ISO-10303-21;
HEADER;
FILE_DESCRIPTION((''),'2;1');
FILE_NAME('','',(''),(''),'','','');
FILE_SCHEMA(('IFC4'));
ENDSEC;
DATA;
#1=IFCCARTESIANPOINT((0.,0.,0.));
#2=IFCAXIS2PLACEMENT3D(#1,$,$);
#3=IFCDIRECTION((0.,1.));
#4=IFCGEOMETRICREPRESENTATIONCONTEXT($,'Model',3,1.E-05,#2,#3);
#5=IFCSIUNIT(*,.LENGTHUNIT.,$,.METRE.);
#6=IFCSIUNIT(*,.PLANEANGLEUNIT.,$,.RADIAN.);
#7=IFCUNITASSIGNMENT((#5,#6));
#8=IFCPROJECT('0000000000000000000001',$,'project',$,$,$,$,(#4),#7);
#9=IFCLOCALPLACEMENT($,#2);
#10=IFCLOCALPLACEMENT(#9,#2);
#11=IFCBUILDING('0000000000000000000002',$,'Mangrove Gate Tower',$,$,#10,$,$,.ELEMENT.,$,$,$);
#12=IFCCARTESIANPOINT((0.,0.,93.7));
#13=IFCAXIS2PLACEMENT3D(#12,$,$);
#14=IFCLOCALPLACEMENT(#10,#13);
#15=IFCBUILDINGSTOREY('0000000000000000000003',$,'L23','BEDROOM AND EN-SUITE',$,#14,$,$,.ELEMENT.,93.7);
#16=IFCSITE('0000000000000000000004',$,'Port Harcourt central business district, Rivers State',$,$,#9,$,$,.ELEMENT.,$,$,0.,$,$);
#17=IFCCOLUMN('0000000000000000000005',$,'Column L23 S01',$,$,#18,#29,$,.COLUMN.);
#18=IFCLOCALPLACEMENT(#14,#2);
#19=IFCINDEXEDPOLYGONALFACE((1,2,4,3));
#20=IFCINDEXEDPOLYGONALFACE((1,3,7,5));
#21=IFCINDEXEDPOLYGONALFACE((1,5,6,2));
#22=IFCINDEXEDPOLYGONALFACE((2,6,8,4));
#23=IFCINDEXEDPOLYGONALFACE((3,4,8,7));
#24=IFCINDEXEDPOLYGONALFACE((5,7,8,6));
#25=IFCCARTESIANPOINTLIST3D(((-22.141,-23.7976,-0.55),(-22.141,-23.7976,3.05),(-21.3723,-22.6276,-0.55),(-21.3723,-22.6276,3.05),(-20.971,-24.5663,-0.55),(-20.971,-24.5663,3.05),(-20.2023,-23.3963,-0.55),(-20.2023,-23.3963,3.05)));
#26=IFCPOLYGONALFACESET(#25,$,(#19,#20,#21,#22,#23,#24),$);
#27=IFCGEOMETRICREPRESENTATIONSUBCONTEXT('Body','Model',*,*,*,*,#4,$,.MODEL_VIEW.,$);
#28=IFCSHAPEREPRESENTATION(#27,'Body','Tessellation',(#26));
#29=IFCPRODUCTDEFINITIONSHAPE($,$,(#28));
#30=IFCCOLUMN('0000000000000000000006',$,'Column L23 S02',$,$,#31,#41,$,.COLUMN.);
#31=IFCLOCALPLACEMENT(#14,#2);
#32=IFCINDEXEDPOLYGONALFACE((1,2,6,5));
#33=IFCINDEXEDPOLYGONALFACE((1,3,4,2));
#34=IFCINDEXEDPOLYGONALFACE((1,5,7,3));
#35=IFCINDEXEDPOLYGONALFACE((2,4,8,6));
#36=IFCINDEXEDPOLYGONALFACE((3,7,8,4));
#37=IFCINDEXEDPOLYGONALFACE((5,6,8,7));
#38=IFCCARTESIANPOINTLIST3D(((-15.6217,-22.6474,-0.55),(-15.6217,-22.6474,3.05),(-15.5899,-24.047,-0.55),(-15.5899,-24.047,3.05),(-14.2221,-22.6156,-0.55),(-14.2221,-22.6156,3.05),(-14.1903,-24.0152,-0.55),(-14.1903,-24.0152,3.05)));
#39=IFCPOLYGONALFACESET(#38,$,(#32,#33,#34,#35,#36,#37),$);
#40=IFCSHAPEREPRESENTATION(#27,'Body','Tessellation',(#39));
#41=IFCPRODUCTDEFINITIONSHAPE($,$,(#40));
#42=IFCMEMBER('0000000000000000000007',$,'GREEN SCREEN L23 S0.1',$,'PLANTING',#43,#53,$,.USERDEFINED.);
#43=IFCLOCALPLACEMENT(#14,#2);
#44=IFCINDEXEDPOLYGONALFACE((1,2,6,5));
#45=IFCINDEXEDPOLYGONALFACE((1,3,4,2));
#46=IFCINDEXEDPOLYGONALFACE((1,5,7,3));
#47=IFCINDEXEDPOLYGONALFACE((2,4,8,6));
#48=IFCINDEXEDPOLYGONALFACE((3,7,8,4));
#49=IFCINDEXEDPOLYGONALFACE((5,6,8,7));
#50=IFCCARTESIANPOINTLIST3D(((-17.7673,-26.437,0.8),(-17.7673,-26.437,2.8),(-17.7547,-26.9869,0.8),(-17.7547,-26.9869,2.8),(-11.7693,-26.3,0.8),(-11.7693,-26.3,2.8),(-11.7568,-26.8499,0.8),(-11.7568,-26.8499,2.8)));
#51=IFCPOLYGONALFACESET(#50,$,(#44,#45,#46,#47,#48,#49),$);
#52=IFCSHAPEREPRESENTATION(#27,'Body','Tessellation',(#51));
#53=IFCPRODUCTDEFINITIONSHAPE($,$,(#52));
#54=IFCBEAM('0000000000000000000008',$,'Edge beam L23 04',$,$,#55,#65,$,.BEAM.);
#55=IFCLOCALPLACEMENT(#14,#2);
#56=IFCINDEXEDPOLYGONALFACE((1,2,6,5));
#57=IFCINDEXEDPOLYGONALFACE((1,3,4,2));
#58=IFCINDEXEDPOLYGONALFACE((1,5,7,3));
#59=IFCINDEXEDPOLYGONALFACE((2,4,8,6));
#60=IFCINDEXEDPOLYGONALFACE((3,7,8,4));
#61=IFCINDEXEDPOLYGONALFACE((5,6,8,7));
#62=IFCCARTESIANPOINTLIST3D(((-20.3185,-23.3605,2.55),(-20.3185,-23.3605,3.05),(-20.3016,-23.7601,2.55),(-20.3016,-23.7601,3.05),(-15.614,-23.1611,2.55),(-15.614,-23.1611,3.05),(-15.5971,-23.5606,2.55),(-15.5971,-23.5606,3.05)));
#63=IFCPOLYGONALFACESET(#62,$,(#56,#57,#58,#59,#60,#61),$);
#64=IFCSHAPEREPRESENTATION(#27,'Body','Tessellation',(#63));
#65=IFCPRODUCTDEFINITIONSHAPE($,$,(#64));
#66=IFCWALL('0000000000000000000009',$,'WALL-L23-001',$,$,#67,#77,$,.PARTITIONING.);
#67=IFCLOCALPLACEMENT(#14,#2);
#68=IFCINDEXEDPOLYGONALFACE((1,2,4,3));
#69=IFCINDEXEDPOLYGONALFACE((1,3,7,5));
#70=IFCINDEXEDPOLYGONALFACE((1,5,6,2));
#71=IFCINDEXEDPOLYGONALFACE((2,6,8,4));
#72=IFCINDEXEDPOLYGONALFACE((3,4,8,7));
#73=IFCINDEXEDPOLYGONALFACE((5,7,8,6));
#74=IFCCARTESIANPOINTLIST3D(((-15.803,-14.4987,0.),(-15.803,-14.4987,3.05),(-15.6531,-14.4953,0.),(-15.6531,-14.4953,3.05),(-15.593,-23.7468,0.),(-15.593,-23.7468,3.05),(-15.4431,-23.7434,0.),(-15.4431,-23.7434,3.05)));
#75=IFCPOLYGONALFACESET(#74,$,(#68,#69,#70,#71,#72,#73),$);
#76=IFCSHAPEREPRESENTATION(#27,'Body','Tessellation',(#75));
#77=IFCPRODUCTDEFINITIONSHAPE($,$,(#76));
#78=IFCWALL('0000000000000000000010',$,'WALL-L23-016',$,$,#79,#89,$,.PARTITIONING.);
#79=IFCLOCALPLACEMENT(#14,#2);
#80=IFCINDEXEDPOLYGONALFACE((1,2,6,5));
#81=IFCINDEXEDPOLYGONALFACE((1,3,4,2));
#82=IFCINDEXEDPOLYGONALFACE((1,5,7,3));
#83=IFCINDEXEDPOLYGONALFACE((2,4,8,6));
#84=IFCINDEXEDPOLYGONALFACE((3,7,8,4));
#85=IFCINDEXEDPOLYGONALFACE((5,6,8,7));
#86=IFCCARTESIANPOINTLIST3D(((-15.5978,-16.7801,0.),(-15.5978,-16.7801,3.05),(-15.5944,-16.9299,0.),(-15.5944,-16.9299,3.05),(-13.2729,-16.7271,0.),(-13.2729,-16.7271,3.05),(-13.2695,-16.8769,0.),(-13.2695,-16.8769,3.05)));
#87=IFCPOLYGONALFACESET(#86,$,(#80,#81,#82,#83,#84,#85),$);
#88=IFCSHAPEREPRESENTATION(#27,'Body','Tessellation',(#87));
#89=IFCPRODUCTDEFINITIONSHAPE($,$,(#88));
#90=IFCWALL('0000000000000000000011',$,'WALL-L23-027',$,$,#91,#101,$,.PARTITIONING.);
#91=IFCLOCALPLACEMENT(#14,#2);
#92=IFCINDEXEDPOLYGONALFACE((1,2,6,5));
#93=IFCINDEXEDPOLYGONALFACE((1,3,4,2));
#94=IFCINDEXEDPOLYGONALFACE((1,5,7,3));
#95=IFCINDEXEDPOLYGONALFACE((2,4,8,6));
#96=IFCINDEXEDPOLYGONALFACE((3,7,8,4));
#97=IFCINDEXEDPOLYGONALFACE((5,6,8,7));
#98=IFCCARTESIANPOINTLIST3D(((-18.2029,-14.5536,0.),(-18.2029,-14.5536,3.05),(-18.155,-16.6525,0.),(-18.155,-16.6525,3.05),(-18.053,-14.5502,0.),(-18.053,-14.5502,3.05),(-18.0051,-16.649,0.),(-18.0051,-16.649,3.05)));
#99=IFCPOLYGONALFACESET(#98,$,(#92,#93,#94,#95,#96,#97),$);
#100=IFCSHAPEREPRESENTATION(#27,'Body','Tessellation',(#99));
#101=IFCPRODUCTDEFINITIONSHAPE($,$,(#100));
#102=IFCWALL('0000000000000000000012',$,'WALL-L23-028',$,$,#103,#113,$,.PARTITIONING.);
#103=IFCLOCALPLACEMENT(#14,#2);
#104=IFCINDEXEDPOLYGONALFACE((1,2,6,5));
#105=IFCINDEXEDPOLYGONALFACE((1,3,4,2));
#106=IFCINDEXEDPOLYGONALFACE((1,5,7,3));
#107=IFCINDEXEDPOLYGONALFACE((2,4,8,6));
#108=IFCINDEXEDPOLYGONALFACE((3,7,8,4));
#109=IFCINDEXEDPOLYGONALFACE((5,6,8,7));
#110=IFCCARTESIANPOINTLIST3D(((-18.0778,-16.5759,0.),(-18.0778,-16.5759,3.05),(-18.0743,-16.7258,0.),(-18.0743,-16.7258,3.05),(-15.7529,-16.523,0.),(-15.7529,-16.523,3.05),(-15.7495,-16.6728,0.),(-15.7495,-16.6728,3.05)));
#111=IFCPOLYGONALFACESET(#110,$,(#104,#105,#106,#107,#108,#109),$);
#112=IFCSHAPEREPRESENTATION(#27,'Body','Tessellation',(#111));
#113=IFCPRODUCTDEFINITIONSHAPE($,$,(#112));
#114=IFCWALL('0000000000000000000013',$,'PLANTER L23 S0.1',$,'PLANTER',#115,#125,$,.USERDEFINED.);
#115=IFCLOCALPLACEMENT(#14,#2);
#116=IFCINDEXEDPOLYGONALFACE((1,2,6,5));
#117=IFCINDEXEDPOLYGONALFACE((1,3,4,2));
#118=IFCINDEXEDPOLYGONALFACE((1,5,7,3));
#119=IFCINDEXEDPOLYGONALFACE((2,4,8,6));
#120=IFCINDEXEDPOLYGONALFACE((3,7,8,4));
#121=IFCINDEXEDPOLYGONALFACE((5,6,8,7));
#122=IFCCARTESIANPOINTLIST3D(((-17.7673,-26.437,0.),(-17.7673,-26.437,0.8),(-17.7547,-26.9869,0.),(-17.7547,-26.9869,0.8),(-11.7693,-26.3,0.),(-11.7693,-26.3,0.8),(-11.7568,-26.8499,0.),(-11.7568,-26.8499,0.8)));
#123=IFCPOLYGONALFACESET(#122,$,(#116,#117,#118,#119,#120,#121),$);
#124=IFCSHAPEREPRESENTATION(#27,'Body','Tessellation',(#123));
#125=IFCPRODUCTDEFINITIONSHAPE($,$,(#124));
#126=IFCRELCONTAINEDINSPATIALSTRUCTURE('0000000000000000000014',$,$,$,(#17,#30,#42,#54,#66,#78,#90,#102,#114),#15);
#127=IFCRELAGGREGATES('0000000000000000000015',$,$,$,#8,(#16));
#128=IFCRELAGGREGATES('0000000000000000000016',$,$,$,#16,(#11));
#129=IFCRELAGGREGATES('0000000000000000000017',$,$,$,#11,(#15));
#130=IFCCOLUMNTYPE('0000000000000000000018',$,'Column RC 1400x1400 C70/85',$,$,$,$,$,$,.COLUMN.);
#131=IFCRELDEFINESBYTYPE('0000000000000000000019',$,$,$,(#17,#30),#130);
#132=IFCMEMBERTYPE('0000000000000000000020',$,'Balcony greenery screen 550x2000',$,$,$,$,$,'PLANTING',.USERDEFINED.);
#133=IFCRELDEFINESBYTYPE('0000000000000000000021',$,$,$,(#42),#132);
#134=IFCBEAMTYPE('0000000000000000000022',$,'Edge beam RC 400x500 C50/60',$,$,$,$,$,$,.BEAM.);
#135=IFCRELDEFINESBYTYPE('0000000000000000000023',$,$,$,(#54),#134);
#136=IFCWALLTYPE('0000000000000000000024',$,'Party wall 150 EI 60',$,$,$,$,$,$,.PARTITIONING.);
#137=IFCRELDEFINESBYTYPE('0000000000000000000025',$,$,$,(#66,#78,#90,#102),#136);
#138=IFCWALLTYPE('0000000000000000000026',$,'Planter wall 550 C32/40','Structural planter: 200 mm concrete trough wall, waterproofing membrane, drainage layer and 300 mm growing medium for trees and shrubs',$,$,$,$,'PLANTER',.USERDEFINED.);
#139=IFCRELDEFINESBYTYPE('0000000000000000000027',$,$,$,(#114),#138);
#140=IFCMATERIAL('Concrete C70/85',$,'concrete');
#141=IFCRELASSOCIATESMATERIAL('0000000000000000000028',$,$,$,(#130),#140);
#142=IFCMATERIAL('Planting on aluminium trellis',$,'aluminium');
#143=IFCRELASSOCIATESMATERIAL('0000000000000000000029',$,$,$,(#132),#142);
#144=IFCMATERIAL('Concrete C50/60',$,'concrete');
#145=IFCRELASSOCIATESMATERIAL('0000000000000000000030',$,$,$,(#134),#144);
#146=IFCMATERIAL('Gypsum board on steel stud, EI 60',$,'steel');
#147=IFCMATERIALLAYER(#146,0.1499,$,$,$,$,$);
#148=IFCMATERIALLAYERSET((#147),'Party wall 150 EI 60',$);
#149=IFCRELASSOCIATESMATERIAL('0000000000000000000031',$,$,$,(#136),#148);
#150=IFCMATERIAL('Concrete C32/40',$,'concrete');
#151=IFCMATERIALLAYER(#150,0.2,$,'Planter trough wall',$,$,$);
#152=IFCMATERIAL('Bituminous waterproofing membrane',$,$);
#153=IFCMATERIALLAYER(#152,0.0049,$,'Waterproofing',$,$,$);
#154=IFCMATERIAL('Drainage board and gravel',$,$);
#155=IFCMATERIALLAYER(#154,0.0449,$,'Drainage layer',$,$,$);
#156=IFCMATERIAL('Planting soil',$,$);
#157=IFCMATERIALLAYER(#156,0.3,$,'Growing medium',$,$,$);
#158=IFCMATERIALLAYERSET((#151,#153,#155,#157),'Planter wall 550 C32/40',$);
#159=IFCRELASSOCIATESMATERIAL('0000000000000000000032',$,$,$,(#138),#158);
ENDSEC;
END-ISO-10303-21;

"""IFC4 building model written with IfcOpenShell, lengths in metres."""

from ifc_helpers import new_model, si_unit, direction, frame, frame_2d, origin, origin_2d, place, context, subcontext, project, spatial, rectangle, extrude, material, layer, layer_set, material_profile, profile_set, type_object, element, save


model = new_model("IFC4")

# Units and contexts
model_context = context("Model", 3, precision=1e-05, world=origin(), true_north=direction((0.0, 1.0)))
body_context = subcontext(model_context, "Body", "Model", "MODEL_VIEW")
ifc_project = project(units=[si_unit("LENGTHUNIT", "METRE"), si_unit("PLANEANGLEUNIT", "RADIAN")], contexts=[model_context])

# Site, building, storey
site_placement = place(None, origin())
site = spatial("IfcSite", under=ifc_project, at=site_placement, Name="Port Harcourt central business district, Rivers State", CompositionType="ELEMENT", RefElevation=0.0)
building_placement = place(site_placement, origin())
building = spatial("IfcBuilding", under=site, at=building_placement, Name="Mangrove Gate Tower", CompositionType="ELEMENT")
storey_placement = place(building_placement, frame((0.0, 0.0, 93.7)))
storey = spatial("IfcBuildingStorey", under=building, at=storey_placement, Name="L23", Description="BEDROOM AND EN-SUITE", CompositionType="ELEMENT", Elevation=93.7)

# Columns
ifc_material_1 = material(Name="Concrete C70/85", Category="concrete")
ifc_material_profile_1 = material_profile(ifc_material_1, rectangle(XDim=1.3999, YDim=1.3999, at=origin_2d()))
ifc_profile_set_1 = profile_set([ifc_material_profile_1], Name="Concrete C70/85")
column_type = type_object("IfcColumnType", Name="Column RC 1400x1400 C70/85", PredefinedType="COLUMN", material=ifc_profile_set_1)
for number, where, z_axis, x_axis, name in (
    (1, (-21.1716, -23.5969, -0.55), (0.0, 0.0, 1.0), (0.835754, -0.549104, 0.0), "Column L23 S01"),
    (2, (-14.906, -23.3313, -0.55), (0.0, 0.0, 1.0), (0.999742, 0.022721, 0.0), "Column L23 S02"),
):
    element("IfcColumn", number, at=place(storey_placement, frame(where, z_axis=z_axis, x_axis=x_axis)), inside=storey, type_object=column_type, Name=name, PredefinedType="COLUMN", context=body_context, shape_type="SweptSolid", body=[
        extrude(rectangle(XDim=1.3999, YDim=1.3999, at=origin_2d()), origin(), (0.0, 0.0, 1.0), 3.6001),
    ])

# Member
ifc_material_2 = material(Name="Planting on aluminium trellis", Category="aluminium")
ifc_material_profile_2 = material_profile(ifc_material_2, rectangle(XDim=0.55, YDim=2.0, at=origin_2d()))
ifc_profile_set_2 = profile_set([ifc_material_profile_2], Name="Planting on aluminium trellis")
member_type = type_object("IfcMemberType", Name="Balcony greenery screen 550x2000", ElementType="PLANTING", PredefinedType="USERDEFINED", material=ifc_profile_set_2)
member_placement = place(storey_placement, frame((-17.761, -26.7119, 1.8), z_axis=(0.999739, 0.022829, 0.0), x_axis=(-0.022829, 0.999739, 0.0)))
element("IfcMember", 3, at=member_placement, inside=storey, type_object=member_type, Name="GREEN SCREEN L23 S0.1", ObjectType="PLANTING", PredefinedType="USERDEFINED", context=body_context, shape_type="SweptSolid", body=[
    extrude(rectangle(XDim=0.55, YDim=2.0, at=origin_2d()), origin(), (0.0, 0.0, 1.0), 5.9995),
])

# Beam
ifc_material_3 = material(Name="Concrete C50/60", Category="concrete")
ifc_material_profile_3 = material_profile(ifc_material_3, rectangle(XDim=0.3999, YDim=0.5, at=origin_2d()))
ifc_profile_set_3 = profile_set([ifc_material_profile_3], Name="Concrete C50/60")
beam_type = type_object("IfcBeamType", Name="Edge beam RC 400x500 C50/60", PredefinedType="BEAM", material=ifc_profile_set_3)
beam_placement = place(storey_placement, frame((-20.3101, -23.5603, 2.8), z_axis=(0.999102, 0.042359, 0.0), x_axis=(-0.042359, 0.999102, 0.0)))
element("IfcBeam", 4, at=beam_placement, inside=storey, type_object=beam_type, Name="Edge beam L23 04", PredefinedType="BEAM", context=body_context, shape_type="SweptSolid", body=[
    extrude(rectangle(XDim=0.3999, YDim=0.5, at=origin_2d()), origin(), (0.0, 0.0, 1.0), 4.7087),
])

# Walls
ifc_material_4 = material(Name="Gypsum board on steel stud, EI 60", Category="steel")
ifc_layer_1 = layer(ifc_material_4, 0.1499)
ifc_layer_set_1 = layer_set([ifc_layer_1], Name="Party wall 150 EI 60")
wall_type_1 = type_object("IfcWallType", Name="Party wall 150 EI 60", PredefinedType="PARTITIONING", material=ifc_layer_set_1)
wall_1_placement = place(storey_placement, frame((-15.5181, -23.7451, 0.0), z_axis=(0.0, 0.0, 1.0), x_axis=(-0.022697, 0.999742, 0.0)))
element("IfcWall", 5, at=wall_1_placement, inside=storey, type_object=wall_type_1, Name="WALL-L23-001", PredefinedType="PARTITIONING", context=body_context, shape_type="SweptSolid", body=[
    extrude(rectangle(XDim=9.2505, YDim=0.1499, at=frame_2d((4.6252, 0.0))), origin(), (0.0, 0.0, 1.0), 3.05),
])
wall_2_placement = place(storey_placement, frame((-15.5959, -16.855, 0.0), z_axis=(0.0, 0.0, 1.0), x_axis=(0.99974, 0.022781, 0.0)))
element("IfcWall", 6, at=wall_2_placement, inside=storey, type_object=wall_type_1, Name="WALL-L23-016", PredefinedType="PARTITIONING", context=body_context, shape_type="SweptSolid", body=[
    extrude(rectangle(XDim=2.3254, YDim=0.1499, at=frame_2d((1.1626, 0.0))), origin(), (0.0, 0.0, 1.0), 3.05),
])
wall_3_placement = place(storey_placement, frame((-18.0801, -16.6509, 0.0), z_axis=(0.0, 0.0, 1.0), x_axis=(-0.022793, 0.99974, 0.0)))
element("IfcWall", 7, at=wall_3_placement, inside=storey, type_object=wall_type_1, Name="WALL-L23-027", PredefinedType="PARTITIONING", context=body_context, shape_type="SweptSolid", body=[
    extrude(rectangle(XDim=2.0994, YDim=0.1499, at=frame_2d((1.0498, 0.0))), origin(), (0.0, 0.0, 1.0), 3.05),
])
wall_4_placement = place(storey_placement, frame((-18.0759, -16.6509, 0.0), z_axis=(0.0, 0.0, 1.0), x_axis=(0.99974, 0.022781, 0.0)))
element("IfcWall", 8, at=wall_4_placement, inside=storey, type_object=wall_type_1, Name="WALL-L23-028", PredefinedType="PARTITIONING", context=body_context, shape_type="SweptSolid", body=[
    extrude(rectangle(XDim=2.3254, YDim=0.1499, at=frame_2d((1.1626, 0.0))), origin(), (0.0, 0.0, 1.0), 3.05),
])
ifc_material_5 = material(Name="Concrete C32/40", Category="concrete")
ifc_layer_2 = layer(ifc_material_5, 0.2, Name="Planter trough wall")
ifc_material_6 = material(Name="Bituminous waterproofing membrane")
ifc_layer_3 = layer(ifc_material_6, 0.0049, Name="Waterproofing")
ifc_material_7 = material(Name="Drainage board and gravel")
ifc_layer_4 = layer(ifc_material_7, 0.0449, Name="Drainage layer")
ifc_material_8 = material(Name="Planting soil")
ifc_layer_5 = layer(ifc_material_8, 0.3, Name="Growing medium")
ifc_layer_set_2 = layer_set([ifc_layer_2, ifc_layer_3, ifc_layer_4, ifc_layer_5], Name="Planter wall 550 C32/40")
wall_type_2 = type_object("IfcWallType", Name="Planter wall 550 C32/40", Description="Structural planter: 200 mm concrete trough wall, waterproofing membrane, drainage layer and 300 mm growing medium for trees and shrubs", ElementType="PLANTER", PredefinedType="USERDEFINED", material=ifc_layer_set_2)
wall_5_placement = place(storey_placement, frame((-17.761, -26.7119, 0.0), z_axis=(0.0, 0.0, 1.0), x_axis=(0.999739, 0.022829, 0.0)))
element("IfcWall", 9, at=wall_5_placement, inside=storey, type_object=wall_type_2, Name="PLANTER L23 S0.1", ObjectType="PLANTER", PredefinedType="USERDEFINED", context=body_context, shape_type="SweptSolid", body=[
    extrude(rectangle(XDim=5.9995, YDim=0.55, at=frame_2d((2.9998, 0.0))), origin(), (0.0, 0.0, 1.0), 0.8),
])

save(model, "model.ifc")
